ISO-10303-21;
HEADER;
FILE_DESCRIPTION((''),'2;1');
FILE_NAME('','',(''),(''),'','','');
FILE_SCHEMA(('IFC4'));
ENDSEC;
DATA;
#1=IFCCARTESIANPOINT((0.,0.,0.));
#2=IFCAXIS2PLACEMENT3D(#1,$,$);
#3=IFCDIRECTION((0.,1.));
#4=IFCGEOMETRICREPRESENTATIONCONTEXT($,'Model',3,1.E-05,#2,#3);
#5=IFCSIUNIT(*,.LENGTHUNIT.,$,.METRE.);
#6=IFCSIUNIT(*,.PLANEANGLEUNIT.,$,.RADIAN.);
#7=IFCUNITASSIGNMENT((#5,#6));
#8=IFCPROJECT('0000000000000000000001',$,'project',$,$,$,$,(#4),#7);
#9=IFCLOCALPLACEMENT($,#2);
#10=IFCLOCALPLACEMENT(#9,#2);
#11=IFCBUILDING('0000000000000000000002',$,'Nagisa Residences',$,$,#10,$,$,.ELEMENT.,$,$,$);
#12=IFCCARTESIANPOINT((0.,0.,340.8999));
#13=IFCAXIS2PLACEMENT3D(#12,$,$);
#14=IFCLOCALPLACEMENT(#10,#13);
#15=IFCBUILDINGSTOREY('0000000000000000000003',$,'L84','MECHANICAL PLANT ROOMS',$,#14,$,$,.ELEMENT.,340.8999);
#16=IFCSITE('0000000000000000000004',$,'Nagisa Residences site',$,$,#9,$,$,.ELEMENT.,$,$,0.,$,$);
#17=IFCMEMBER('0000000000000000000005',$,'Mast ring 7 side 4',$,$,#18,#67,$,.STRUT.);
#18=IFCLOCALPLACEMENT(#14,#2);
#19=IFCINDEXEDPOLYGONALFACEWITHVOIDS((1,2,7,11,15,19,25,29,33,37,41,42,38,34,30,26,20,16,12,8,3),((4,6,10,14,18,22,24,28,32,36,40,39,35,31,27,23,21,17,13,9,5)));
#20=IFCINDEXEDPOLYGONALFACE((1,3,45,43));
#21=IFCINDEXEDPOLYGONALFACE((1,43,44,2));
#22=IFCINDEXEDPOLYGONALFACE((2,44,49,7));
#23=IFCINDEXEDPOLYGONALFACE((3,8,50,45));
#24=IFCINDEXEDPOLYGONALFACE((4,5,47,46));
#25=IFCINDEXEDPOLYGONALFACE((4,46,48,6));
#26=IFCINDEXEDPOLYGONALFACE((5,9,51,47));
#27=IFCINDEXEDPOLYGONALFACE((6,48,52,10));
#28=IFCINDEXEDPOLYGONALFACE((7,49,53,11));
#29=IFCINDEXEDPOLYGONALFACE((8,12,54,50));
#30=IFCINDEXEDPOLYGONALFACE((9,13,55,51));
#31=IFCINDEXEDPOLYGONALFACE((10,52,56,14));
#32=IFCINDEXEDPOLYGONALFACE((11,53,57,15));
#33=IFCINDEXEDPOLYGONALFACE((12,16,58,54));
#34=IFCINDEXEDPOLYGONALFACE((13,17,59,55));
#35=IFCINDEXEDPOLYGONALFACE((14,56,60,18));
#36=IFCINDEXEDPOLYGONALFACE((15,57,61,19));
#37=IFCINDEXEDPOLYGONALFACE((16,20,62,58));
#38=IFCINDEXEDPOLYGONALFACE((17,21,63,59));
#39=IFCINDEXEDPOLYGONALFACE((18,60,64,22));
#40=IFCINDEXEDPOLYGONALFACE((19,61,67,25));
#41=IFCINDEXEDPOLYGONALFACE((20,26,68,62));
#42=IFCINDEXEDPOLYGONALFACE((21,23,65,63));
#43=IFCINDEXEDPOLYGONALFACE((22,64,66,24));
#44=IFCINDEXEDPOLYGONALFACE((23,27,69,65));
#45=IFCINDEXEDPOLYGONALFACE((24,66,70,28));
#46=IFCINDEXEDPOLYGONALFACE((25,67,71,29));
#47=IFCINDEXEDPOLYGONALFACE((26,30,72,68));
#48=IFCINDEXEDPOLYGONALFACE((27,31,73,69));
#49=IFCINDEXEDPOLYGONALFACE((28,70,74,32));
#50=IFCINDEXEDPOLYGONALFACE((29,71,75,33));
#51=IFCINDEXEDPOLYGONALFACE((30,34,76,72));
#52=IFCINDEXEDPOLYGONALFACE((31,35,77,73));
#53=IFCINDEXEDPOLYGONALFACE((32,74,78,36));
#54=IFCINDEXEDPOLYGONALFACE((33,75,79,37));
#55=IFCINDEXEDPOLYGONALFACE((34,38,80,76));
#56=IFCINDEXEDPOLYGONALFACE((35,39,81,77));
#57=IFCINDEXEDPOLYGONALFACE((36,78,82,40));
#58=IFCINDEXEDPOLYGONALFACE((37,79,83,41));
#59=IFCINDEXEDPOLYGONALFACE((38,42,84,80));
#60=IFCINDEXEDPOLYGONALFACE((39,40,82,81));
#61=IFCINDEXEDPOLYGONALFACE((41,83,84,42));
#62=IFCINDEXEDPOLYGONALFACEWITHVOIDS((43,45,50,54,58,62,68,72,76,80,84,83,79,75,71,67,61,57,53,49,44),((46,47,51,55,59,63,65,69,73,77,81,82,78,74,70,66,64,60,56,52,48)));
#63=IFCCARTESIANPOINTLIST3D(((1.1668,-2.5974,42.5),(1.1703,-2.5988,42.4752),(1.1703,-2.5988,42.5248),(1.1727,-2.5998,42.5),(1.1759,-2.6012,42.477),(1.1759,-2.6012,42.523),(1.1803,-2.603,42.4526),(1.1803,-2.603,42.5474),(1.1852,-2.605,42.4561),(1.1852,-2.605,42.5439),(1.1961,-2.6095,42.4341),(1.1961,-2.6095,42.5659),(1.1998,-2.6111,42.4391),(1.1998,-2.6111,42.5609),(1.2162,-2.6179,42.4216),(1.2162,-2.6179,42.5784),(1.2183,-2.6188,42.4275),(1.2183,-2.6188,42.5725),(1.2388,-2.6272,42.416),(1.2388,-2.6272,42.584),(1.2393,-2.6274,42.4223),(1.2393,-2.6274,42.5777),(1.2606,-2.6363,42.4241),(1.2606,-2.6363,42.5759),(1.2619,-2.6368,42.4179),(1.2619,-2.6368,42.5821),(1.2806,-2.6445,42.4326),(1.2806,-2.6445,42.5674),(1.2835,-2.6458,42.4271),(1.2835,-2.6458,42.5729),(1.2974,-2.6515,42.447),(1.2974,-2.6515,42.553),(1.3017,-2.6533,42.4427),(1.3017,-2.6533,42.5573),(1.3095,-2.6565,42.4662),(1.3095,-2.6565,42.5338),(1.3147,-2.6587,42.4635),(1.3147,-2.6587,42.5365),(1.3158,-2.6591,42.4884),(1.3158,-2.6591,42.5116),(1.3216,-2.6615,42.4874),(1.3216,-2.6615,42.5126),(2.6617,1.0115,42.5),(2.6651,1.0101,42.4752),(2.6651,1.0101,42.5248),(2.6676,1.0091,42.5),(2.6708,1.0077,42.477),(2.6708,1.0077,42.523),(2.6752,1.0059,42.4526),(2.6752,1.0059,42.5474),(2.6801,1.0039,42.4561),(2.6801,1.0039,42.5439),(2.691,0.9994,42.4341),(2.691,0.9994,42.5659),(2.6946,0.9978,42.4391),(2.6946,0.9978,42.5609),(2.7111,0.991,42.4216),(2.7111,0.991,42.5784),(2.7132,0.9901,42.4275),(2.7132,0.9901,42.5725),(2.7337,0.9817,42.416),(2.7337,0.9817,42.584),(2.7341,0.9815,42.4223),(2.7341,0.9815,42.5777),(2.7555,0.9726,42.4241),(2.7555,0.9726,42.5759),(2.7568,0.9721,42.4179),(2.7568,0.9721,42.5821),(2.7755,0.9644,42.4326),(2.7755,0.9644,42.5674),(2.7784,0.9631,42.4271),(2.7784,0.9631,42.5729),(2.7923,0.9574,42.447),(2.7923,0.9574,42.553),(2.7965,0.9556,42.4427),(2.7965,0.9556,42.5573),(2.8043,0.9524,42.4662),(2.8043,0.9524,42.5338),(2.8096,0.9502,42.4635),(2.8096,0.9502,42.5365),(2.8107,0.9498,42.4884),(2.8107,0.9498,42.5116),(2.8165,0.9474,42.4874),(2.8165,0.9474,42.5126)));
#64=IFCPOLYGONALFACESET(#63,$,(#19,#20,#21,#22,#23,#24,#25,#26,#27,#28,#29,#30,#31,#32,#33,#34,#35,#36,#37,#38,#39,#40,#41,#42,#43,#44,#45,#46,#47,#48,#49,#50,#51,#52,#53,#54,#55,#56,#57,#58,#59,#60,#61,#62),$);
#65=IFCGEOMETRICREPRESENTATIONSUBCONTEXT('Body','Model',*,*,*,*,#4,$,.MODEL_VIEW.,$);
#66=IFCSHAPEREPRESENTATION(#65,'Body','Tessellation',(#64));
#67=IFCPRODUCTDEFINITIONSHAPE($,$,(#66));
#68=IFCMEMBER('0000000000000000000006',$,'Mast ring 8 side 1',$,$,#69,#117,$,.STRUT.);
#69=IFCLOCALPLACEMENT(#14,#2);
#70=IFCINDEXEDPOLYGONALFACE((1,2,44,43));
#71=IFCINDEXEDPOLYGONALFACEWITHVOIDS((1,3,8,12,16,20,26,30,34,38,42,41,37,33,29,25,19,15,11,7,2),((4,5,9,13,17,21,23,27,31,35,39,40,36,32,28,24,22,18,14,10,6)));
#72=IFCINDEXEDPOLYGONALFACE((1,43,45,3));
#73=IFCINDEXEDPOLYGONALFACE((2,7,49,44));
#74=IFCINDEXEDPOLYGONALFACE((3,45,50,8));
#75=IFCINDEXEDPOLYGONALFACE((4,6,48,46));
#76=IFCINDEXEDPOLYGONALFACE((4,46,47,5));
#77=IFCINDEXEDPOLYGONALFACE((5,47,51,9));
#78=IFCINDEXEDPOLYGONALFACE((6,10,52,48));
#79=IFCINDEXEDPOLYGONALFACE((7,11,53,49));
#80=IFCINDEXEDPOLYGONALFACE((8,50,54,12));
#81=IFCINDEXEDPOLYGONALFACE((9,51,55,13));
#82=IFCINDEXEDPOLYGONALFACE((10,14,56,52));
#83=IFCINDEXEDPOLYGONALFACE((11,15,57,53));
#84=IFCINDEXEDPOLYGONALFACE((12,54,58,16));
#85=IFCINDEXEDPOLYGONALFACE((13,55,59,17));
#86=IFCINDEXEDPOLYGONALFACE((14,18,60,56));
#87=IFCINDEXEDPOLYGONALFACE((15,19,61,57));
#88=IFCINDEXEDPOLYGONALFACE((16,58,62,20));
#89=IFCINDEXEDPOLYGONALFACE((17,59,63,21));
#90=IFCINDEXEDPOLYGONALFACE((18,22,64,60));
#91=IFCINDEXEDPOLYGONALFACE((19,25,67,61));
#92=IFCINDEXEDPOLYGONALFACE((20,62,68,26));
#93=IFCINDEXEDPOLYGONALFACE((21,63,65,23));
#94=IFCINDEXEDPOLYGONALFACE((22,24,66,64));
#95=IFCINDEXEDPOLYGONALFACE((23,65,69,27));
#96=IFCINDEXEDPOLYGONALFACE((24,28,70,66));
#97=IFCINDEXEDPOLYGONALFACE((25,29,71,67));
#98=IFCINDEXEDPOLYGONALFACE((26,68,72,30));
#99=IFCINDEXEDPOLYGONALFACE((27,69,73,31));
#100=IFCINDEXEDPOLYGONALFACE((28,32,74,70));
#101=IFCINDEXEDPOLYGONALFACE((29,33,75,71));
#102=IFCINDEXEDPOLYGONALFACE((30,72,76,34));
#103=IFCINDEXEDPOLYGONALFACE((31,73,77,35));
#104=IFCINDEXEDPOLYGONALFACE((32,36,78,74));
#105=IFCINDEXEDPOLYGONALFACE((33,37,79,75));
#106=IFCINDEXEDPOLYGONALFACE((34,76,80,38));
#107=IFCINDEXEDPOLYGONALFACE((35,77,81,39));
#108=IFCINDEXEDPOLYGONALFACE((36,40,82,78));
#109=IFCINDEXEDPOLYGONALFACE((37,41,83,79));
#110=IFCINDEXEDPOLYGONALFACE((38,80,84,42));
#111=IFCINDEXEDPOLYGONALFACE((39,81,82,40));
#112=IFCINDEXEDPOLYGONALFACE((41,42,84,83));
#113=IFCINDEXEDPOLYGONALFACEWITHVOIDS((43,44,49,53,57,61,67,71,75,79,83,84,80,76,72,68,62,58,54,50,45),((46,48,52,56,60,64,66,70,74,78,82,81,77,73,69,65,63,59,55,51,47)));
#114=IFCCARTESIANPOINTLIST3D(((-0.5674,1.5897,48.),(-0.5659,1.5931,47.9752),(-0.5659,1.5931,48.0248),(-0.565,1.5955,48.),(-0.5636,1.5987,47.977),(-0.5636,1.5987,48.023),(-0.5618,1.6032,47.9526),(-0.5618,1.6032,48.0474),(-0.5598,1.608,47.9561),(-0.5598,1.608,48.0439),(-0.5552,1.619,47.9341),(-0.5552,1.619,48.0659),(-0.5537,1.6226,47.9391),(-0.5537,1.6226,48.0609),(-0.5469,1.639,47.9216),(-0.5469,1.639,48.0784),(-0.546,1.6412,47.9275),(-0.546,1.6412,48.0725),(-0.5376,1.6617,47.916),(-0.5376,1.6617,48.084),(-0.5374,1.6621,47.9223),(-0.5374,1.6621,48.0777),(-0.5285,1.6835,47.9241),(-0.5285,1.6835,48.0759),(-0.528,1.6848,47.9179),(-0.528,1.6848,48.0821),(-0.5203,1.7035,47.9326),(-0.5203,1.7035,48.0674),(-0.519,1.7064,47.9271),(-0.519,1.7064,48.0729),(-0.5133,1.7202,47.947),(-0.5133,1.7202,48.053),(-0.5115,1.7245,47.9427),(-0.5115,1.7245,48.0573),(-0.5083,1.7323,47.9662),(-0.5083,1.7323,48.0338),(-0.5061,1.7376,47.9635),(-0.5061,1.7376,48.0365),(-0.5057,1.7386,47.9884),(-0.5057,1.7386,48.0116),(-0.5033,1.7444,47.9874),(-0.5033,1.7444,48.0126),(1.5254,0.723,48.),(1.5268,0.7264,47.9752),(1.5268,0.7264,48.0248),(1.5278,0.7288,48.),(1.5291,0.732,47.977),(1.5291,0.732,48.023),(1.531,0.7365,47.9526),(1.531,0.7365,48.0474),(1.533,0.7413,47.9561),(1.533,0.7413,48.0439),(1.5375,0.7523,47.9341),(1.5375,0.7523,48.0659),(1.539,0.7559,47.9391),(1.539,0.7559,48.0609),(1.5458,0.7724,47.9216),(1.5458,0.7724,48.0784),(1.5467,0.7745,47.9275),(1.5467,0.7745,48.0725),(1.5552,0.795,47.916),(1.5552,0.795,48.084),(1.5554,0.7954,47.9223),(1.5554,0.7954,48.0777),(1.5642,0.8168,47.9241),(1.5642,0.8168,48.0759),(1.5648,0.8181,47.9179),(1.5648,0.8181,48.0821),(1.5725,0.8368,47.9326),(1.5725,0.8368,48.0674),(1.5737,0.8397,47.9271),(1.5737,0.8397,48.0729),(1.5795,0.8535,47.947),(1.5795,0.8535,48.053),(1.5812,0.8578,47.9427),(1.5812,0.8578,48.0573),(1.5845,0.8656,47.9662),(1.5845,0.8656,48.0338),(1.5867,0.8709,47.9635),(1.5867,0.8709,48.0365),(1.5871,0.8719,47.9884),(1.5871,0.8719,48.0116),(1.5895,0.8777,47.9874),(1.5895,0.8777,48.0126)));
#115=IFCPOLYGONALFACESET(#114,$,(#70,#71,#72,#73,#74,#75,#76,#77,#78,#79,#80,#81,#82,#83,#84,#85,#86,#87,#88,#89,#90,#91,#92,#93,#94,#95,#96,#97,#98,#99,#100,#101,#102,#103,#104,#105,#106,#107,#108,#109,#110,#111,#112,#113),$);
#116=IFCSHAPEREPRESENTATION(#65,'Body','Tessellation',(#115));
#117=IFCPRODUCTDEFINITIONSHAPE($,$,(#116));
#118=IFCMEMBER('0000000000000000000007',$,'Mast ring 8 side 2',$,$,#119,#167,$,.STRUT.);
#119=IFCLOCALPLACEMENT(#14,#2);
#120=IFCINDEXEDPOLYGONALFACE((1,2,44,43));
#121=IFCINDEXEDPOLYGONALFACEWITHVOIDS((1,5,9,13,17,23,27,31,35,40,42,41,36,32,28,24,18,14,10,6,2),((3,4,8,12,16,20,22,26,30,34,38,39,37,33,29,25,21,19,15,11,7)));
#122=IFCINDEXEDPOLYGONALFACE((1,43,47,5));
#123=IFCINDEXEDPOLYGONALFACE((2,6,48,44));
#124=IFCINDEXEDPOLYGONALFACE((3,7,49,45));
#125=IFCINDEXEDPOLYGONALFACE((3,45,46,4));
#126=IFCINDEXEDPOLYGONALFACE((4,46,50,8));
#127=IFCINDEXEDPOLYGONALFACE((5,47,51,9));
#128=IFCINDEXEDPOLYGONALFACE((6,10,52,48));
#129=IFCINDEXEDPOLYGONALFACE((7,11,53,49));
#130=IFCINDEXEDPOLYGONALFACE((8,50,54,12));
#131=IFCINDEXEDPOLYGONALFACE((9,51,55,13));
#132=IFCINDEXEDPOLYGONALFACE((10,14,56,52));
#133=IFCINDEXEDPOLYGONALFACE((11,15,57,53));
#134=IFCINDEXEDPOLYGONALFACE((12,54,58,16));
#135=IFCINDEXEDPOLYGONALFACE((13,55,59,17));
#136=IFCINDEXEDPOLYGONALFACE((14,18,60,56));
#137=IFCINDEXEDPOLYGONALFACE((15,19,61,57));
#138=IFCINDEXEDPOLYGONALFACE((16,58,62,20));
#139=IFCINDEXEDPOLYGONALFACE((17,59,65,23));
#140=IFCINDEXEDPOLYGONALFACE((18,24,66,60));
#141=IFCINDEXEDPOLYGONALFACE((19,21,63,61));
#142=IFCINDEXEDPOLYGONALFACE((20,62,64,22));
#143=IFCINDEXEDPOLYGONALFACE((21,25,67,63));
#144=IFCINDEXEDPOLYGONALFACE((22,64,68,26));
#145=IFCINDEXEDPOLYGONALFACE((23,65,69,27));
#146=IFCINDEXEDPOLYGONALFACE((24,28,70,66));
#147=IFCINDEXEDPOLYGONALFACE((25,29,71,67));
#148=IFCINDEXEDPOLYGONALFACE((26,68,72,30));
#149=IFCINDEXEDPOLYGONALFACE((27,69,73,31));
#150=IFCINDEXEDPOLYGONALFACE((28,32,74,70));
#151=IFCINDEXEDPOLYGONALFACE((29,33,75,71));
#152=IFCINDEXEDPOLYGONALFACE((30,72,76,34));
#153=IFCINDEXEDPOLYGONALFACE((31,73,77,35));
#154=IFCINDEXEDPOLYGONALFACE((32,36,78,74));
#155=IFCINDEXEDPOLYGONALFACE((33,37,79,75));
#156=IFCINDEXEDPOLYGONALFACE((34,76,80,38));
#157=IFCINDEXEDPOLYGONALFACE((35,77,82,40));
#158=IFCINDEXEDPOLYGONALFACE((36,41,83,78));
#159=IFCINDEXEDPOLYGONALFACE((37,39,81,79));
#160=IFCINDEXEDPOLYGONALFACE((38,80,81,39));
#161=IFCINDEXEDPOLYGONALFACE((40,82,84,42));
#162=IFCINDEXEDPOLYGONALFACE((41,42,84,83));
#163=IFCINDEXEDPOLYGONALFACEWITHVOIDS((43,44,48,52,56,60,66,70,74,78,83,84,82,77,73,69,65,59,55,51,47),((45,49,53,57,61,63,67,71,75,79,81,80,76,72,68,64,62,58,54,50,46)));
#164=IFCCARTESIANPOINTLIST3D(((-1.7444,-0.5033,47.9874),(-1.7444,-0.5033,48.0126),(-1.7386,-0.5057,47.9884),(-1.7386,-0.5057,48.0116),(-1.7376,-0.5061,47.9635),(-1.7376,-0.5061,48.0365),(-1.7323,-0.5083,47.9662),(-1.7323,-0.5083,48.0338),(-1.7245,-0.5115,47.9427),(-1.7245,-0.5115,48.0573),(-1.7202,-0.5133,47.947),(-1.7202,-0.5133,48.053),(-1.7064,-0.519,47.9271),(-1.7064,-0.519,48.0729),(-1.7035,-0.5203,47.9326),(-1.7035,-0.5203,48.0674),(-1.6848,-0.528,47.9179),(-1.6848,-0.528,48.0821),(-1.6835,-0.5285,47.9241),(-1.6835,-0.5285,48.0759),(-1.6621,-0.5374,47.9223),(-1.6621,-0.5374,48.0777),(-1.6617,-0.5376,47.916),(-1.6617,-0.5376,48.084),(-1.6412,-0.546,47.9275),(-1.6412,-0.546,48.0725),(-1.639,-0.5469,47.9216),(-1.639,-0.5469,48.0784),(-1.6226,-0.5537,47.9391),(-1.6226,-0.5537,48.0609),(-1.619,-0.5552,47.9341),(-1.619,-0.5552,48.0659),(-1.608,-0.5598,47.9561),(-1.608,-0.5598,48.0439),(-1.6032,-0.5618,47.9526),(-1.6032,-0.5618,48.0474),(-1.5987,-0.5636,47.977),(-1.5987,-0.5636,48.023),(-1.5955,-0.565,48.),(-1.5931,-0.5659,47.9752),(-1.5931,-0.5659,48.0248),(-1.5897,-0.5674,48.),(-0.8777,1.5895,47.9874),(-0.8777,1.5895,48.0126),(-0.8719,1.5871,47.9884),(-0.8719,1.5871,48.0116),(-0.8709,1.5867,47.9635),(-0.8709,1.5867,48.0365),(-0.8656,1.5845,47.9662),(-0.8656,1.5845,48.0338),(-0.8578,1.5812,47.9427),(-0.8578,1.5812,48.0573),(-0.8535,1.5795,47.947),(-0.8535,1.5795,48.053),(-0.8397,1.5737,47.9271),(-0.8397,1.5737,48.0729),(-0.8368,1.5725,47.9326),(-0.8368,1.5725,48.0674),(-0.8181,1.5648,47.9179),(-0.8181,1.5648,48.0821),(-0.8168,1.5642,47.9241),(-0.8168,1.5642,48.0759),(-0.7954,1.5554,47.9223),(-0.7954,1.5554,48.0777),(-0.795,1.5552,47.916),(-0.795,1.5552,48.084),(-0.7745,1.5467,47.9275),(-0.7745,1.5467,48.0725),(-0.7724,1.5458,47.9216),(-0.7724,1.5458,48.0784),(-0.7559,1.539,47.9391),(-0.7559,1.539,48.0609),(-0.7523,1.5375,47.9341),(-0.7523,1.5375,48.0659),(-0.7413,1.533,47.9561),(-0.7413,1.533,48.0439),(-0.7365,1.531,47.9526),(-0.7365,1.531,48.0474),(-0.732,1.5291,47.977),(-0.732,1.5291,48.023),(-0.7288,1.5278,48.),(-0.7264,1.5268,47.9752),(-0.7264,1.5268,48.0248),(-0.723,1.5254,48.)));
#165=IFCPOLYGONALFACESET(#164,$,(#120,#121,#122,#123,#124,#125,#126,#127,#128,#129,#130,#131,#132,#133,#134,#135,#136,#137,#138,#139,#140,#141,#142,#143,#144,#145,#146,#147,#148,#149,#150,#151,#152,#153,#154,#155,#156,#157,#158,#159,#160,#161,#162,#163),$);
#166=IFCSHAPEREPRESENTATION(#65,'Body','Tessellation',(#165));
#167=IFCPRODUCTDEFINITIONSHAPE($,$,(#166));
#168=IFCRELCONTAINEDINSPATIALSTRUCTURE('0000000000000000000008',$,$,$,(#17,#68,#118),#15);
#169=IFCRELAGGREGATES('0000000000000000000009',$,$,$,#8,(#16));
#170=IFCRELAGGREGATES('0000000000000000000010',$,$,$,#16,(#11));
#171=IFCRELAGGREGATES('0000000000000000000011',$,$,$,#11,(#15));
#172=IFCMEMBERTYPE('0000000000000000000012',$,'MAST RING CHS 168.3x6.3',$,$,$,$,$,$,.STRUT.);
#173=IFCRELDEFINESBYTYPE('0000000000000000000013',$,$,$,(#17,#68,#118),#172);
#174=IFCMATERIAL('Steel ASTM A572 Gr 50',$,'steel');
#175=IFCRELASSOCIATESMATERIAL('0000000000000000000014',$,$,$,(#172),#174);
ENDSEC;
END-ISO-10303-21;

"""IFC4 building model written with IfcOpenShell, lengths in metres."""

from ifc_helpers import new_model, si_unit, direction, frame, origin, origin_2d, place, context, subcontext, project, spatial, hollow_circle, extrude, material, material_profile, profile_set, type_object, element, save


model = new_model("IFC4")

# Units and contexts
model_context = context("Model", 3, precision=1e-05, world=origin(), true_north=direction((0.0, 1.0)))
body_context = subcontext(model_context, "Body", "Model", "MODEL_VIEW")
ifc_project = project(units=[si_unit("LENGTHUNIT", "METRE"), si_unit("PLANEANGLEUNIT", "RADIAN")], contexts=[model_context])

# Site, building, storey
site_placement = place(None, origin())
site = spatial("IfcSite", under=ifc_project, at=site_placement, Name="Nagisa Residences site", CompositionType="ELEMENT", RefElevation=0.0)
building_placement = place(site_placement, origin())
building = spatial("IfcBuilding", under=site, at=building_placement, Name="Nagisa Residences", CompositionType="ELEMENT")
storey_placement = place(building_placement, frame((0.0, 0.0, 340.8999)))
storey = spatial("IfcBuildingStorey", under=building, at=storey_placement, Name="L84", Description="MECHANICAL PLANT ROOMS", CompositionType="ELEMENT", Elevation=340.8999)

# Members
ifc_material_1 = material(Name="Steel ASTM A572 Gr 50", Category="steel")
ifc_material_profile_1 = material_profile(ifc_material_1, hollow_circle(Radius=0.0842, WallThickness=0.0063, at=origin_2d()), Name="MAST RING CHS 168.3x6.3")
ifc_profile_set_1 = profile_set([ifc_material_profile_1], Name="Steel ASTM A572 Gr 50")
member_type_1 = type_object("IfcMemberType", Name="MAST RING CHS 168.3x6.3", PredefinedType="STRUT", material=ifc_profile_set_1)
for number, where, z_axis, x_axis, name in (
    (1, (1.2446, -2.6296, 42.5), (0.382689, 0.923877, 0.0), (-0.923877, 0.382689, 0.0), "Mast ring 7 side 4"),
):
    element("IfcMember", number, at=place(storey_placement, frame(where, z_axis=z_axis, x_axis=x_axis)), inside=storey, type_object=member_type_1, Name=name, PredefinedType="STRUT", context=body_context, shape_type="SweptSolid", body=[
        extrude(hollow_circle(Radius=0.0842, WallThickness=0.0063, at=origin_2d()), origin(), (0.0, 0.0, 1.0), 3.9062),
    ])
for number, where, z_axis, x_axis, name in (
    (2, (1.5576, 0.8008, 48.0), (-0.923904, 0.382625, 0.0), (-0.382625, -0.923904, 0.0), "Mast ring 8 side 1"),
    (3, (-0.8008, 1.5576, 48.0), (-0.382625, -0.923904, 0.0), (0.923904, -0.382625, 0.0), "Mast ring 8 side 2"),
):
    element("IfcMember", number, at=place(storey_placement, frame(where, z_axis=z_axis, x_axis=x_axis)), inside=storey, type_object=member_type_1, Name=name, PredefinedType="STRUT", context=body_context, shape_type="SweptSolid", body=[
        extrude(hollow_circle(Radius=0.0842, WallThickness=0.0063, at=origin_2d()), origin(), (0.0, 0.0, 1.0), 2.2651),
    ])

save(model, "model.ifc")
